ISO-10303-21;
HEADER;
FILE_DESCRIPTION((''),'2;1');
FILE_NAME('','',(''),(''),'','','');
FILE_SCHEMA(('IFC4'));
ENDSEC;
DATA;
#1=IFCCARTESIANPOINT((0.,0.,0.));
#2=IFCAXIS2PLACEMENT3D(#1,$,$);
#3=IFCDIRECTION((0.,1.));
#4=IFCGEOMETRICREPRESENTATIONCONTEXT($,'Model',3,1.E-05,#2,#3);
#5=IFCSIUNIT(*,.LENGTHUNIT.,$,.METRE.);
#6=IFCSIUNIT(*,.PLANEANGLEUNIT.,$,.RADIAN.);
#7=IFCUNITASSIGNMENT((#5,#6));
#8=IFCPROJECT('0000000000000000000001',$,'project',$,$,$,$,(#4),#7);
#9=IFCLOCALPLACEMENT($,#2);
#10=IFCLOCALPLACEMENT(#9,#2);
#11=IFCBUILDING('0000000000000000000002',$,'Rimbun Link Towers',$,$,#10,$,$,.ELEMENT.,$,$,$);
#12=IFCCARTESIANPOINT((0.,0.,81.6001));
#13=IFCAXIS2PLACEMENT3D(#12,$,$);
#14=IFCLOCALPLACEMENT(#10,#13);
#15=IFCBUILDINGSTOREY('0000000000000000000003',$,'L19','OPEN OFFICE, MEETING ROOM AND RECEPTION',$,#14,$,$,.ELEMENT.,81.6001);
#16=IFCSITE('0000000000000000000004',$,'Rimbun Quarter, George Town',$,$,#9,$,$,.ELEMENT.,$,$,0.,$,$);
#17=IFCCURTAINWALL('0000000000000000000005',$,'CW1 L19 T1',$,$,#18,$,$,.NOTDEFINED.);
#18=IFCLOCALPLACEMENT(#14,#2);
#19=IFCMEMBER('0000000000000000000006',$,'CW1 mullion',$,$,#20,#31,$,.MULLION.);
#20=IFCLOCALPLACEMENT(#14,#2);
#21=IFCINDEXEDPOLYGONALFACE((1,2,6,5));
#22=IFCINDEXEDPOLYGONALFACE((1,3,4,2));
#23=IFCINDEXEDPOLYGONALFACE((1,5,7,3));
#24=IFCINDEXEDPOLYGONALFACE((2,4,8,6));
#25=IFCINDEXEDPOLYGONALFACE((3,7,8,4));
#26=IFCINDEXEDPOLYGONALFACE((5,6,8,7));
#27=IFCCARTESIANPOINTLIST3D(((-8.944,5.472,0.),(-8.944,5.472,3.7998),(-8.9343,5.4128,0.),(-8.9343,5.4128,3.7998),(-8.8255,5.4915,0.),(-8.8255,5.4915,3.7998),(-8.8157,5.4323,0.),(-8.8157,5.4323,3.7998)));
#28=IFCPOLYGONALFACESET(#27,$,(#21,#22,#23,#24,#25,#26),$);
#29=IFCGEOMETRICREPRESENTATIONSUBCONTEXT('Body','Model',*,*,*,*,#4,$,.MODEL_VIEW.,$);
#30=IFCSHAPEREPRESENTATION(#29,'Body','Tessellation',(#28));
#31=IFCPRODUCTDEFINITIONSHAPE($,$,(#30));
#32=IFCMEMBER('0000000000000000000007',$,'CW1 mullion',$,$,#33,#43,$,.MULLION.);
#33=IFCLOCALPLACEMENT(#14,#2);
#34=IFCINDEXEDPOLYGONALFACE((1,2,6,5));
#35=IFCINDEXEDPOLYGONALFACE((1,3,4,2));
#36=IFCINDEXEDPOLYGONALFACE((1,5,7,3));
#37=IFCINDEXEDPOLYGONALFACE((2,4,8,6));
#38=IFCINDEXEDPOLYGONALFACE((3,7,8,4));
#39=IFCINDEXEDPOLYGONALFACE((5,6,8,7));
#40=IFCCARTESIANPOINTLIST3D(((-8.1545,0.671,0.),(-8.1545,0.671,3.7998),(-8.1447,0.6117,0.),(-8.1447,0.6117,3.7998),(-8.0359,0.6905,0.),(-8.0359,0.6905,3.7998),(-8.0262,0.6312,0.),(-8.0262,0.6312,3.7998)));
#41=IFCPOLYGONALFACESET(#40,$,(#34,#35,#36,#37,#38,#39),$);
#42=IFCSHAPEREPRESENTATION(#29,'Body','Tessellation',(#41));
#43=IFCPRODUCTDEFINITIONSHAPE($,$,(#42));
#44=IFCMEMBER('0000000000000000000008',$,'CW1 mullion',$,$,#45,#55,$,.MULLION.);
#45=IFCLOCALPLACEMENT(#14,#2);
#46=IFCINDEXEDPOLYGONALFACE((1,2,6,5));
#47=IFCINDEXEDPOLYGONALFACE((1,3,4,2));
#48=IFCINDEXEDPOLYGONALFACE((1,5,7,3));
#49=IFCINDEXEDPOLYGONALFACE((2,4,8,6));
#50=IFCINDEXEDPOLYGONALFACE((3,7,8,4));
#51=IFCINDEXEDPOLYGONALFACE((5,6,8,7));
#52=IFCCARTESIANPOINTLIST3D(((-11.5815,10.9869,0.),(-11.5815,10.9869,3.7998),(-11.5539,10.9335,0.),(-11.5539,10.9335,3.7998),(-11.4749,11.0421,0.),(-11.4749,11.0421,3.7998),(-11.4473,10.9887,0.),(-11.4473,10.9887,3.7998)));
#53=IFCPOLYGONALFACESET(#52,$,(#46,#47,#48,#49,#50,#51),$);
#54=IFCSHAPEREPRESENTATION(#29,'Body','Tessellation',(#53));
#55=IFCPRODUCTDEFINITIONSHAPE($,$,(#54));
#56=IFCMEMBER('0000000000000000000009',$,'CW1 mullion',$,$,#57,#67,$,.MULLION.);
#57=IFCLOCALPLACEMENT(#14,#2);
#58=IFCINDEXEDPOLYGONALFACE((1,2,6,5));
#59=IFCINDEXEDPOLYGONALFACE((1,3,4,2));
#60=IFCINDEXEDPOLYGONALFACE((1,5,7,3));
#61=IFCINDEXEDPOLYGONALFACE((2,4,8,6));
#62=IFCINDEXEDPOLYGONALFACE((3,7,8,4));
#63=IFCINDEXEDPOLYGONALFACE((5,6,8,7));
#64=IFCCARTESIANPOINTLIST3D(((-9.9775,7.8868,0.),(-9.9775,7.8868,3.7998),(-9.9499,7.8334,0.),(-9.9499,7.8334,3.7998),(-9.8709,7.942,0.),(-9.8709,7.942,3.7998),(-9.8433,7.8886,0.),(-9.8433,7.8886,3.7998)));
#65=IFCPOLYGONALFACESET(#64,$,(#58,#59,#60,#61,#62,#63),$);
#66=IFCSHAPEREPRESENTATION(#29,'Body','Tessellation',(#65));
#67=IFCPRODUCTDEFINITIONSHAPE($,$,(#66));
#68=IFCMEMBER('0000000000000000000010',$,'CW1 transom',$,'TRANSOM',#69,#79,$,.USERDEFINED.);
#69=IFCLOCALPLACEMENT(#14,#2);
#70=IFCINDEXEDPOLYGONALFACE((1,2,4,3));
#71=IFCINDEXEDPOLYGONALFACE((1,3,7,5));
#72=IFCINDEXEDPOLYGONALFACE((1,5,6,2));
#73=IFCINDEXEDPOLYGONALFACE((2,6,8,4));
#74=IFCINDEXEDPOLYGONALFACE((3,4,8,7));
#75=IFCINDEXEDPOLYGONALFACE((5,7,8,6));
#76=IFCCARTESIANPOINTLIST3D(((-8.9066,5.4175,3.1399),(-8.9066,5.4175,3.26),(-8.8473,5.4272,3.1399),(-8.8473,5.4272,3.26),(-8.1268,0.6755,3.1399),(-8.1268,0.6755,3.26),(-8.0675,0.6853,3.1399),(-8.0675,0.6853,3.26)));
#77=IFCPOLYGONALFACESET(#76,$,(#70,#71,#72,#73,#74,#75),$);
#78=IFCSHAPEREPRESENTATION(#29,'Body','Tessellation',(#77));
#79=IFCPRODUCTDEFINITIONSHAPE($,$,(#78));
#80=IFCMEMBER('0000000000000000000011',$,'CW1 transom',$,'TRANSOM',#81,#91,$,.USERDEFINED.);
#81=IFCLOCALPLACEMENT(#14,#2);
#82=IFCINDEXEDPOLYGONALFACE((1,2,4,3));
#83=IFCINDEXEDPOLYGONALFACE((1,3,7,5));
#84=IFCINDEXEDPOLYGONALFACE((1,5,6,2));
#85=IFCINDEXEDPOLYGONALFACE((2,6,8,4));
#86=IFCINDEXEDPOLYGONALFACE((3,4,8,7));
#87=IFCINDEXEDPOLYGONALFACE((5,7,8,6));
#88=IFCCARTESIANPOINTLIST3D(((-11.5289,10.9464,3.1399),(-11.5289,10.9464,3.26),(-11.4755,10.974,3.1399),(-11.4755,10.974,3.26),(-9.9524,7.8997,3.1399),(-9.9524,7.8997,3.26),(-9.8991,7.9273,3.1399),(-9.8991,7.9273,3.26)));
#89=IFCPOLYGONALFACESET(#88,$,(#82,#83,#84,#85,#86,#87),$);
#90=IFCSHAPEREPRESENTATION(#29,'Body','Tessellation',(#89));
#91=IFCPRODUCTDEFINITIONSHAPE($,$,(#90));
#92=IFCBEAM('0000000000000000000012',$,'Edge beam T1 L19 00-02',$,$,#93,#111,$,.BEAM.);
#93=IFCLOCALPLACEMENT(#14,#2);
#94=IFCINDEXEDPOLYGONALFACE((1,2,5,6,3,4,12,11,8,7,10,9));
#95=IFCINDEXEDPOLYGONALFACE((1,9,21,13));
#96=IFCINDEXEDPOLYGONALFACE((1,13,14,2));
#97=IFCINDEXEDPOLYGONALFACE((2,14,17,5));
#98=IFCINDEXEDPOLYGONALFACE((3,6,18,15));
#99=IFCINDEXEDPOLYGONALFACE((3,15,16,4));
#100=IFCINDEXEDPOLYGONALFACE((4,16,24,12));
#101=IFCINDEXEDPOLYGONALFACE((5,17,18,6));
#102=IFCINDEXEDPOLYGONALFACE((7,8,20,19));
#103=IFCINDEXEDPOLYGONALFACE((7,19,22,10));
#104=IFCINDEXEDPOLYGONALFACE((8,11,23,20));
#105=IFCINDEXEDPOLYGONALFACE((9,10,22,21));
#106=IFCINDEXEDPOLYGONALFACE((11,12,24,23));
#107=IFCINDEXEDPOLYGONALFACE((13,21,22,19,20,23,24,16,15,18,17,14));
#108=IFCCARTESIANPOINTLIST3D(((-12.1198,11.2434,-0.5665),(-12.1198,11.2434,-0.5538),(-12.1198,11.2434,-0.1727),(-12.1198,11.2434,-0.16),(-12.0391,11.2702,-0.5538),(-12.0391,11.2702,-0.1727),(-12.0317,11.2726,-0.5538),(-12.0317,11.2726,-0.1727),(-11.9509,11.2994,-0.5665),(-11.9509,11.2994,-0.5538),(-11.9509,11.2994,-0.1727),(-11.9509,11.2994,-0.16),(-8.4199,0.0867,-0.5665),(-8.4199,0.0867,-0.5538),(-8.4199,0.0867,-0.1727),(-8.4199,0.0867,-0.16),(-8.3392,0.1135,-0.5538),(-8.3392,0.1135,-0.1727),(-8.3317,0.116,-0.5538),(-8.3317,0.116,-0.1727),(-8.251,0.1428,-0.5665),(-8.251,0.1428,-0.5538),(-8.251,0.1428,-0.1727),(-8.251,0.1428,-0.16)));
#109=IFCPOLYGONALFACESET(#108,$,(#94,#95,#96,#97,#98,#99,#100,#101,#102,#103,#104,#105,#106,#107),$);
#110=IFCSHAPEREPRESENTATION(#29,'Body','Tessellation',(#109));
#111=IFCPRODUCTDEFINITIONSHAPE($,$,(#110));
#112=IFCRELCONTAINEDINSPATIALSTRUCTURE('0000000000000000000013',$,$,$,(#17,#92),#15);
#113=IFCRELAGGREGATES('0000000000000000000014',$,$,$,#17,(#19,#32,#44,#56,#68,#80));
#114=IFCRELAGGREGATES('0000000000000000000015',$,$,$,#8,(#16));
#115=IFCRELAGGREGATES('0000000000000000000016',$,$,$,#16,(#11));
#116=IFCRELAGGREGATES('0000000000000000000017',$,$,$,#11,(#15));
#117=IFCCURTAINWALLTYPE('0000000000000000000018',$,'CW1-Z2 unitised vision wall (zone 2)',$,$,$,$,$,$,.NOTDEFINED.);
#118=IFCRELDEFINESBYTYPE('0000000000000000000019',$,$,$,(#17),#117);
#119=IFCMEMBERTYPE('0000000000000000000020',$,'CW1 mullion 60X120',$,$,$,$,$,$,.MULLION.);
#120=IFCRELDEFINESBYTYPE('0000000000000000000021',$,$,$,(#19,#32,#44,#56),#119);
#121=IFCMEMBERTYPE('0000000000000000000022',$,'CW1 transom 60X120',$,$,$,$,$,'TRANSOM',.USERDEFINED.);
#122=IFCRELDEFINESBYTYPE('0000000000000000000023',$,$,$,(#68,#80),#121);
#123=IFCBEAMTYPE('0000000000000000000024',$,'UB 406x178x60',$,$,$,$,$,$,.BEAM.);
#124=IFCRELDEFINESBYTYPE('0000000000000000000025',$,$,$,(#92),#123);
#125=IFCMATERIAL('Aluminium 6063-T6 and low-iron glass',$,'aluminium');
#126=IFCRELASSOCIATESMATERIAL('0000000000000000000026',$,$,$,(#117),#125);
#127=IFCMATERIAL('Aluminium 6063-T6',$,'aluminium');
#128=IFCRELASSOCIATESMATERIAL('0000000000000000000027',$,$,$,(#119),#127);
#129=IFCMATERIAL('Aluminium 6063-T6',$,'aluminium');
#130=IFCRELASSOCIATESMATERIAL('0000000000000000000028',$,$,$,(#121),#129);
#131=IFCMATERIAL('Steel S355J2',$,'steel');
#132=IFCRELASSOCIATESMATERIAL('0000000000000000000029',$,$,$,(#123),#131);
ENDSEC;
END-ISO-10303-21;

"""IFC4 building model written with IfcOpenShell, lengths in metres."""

from ifc_helpers import new_model, si_unit, direction, frame, origin, origin_2d, place, context, subcontext, project, spatial, rectangle, i_section, extrude, material, material_profile, profile_set, type_object, element, aggregate, save


model = new_model("IFC4")

# Units and contexts
model_context = context("Model", 3, precision=1e-05, world=origin(), true_north=direction((0.0, 1.0)))
body_context = subcontext(model_context, "Body", "Model", "MODEL_VIEW")
ifc_project = project(units=[si_unit("LENGTHUNIT", "METRE"), si_unit("PLANEANGLEUNIT", "RADIAN")], contexts=[model_context])

# Site, building, storey
site_placement = place(None, origin())
site = spatial("IfcSite", under=ifc_project, at=site_placement, Name="Rimbun Quarter, George Town", CompositionType="ELEMENT", RefElevation=0.0)
building_placement = place(site_placement, origin())
building = spatial("IfcBuilding", under=site, at=building_placement, Name="Rimbun Link Towers", CompositionType="ELEMENT")
storey_placement = place(building_placement, frame((0.0, 0.0, 81.6001)))
storey = spatial("IfcBuildingStorey", under=building, at=storey_placement, Name="L19", Description="OPEN OFFICE, MEETING ROOM AND RECEPTION", CompositionType="ELEMENT", Elevation=81.6001)

# Curtain wall, members
ifc_material_1 = material(Name="Aluminium 6063-T6 and low-iron glass", Category="aluminium")
curtain_wall_type = type_object("IfcCurtainWallType", Name="CW1-Z2 unitised vision wall (zone 2)", PredefinedType="NOTDEFINED", material=ifc_material_1)
curtain_wall_placement = place(storey_placement, origin())
curtain_wall = element("IfcCurtainWall", 1, at=curtain_wall_placement, inside=storey, type_object=curtain_wall_type, Name="CW1 L19 T1", PredefinedType="NOTDEFINED")
ifc_material_2 = material(Name="Aluminium 6063-T6", Category="aluminium")
ifc_material_profile_1 = material_profile(ifc_material_2, rectangle(XDim=0.1201, YDim=0.0601, at=origin_2d()), Name="MULLION 60X120")
ifc_profile_set_1 = profile_set([ifc_material_profile_1], Name="Aluminium 6063-T6")
member_type_1 = type_object("IfcMemberType", Name="CW1 mullion 60X120", PredefinedType="MULLION", material=ifc_profile_set_1)
member_1_placement = place(storey_placement, frame((-8.8799, 5.4521, 0.0), z_axis=(0.0, 0.0, 1.0), x_axis=(0.986749, 0.162255, 0.0)))
member_1 = element("IfcMember", 2, at=member_1_placement, type_object=member_type_1, Name="CW1 mullion", PredefinedType="MULLION", context=body_context, shape_type="SweptSolid", body=[
    extrude(rectangle(XDim=0.1201, YDim=0.0601, at=origin_2d()), origin(), (0.0, 0.0, 1.0), 3.7998),
])
member_2_placement = place(storey_placement, frame((-8.0903, 0.6511, 0.0), z_axis=(0.0, 0.0, 1.0), x_axis=(0.986749, 0.162255, 0.0)))
member_2 = element("IfcMember", 3, at=member_2_placement, type_object=member_type_1, Name="CW1 mullion", PredefinedType="MULLION", context=body_context, shape_type="SweptSolid", body=[
    extrude(rectangle(XDim=0.1201, YDim=0.0601, at=origin_2d()), origin(), (0.0, 0.0, 1.0), 3.7998),
])
member_3_placement = place(storey_placement, frame((-11.5144, 10.9878, 0.0), z_axis=(0.0, 0.0, 1.0), x_axis=(0.888155, 0.459544, 0.0)))
member_3 = element("IfcMember", 4, at=member_3_placement, type_object=member_type_1, Name="CW1 mullion", PredefinedType="MULLION", context=body_context, shape_type="SweptSolid", body=[
    extrude(rectangle(XDim=0.1201, YDim=0.0601, at=origin_2d()), origin(), (0.0, 0.0, 1.0), 3.7998),
])
member_4_placement = place(storey_placement, frame((-9.9104, 7.8877, 0.0), z_axis=(0.0, 0.0, 1.0), x_axis=(0.888155, 0.459544, 0.0)))
member_4 = element("IfcMember", 5, at=member_4_placement, type_object=member_type_1, Name="CW1 mullion", PredefinedType="MULLION", context=body_context, shape_type="SweptSolid", body=[
    extrude(rectangle(XDim=0.1201, YDim=0.0601, at=origin_2d()), origin(), (0.0, 0.0, 1.0), 3.7998),
])
ifc_material_3 = material(Name="Aluminium 6063-T6", Category="aluminium")
ifc_material_profile_2 = material_profile(ifc_material_3, rectangle(XDim=0.0601, YDim=0.1201, at=origin_2d()), Name="TRANSOM 60X120")
ifc_profile_set_2 = profile_set([ifc_material_profile_2], Name="Aluminium 6063-T6")
member_type_2 = type_object("IfcMemberType", Name="CW1 transom 60X120", ElementType="TRANSOM", PredefinedType="USERDEFINED", material=ifc_profile_set_2)
member_5_placement = place(storey_placement, frame((-8.877, 5.4224, 3.2), z_axis=(0.162265, -0.986747, 0.0), x_axis=(0.986747, 0.162265, 0.0)))
member_5 = element("IfcMember", 6, at=member_5_placement, type_object=member_type_2, Name="CW1 transom", ObjectType="TRANSOM", PredefinedType="USERDEFINED", context=body_context, shape_type="SweptSolid", body=[
    extrude(rectangle(XDim=0.0601, YDim=0.1201, at=origin_2d()), origin(), (0.0, 0.0, 1.0), 4.8057),
])
member_6_placement = place(storey_placement, frame((-11.5022, 10.9602, 3.2), z_axis=(0.459555, -0.88815, 0.0), x_axis=(0.88815, 0.459555, 0.0)))
member_6 = element("IfcMember", 7, at=member_6_placement, type_object=member_type_2, Name="CW1 transom", ObjectType="TRANSOM", PredefinedType="USERDEFINED", context=body_context, shape_type="SweptSolid", body=[
    extrude(rectangle(XDim=0.0601, YDim=0.1201, at=origin_2d()), origin(), (0.0, 0.0, 1.0), 3.4304),
])

# Beam
ifc_material_4 = material(Name="Steel S355J2", Category="steel")
ifc_material_profile_3 = material_profile(ifc_material_4, i_section(OverallWidth=0.178, OverallDepth=0.4065, WebThickness=0.0078, FlangeThickness=0.0127, at=origin_2d()), Name="UB 406x178x60")
ifc_profile_set_3 = profile_set([ifc_material_profile_3], Name="Steel S355J2")
beam_type = type_object("IfcBeamType", Name="UB 406x178x60", PredefinedType="BEAM", material=ifc_profile_set_3)
beam_placement = place(storey_placement, frame((-8.3354, 0.1147, -0.3633), z_axis=(-0.314776, 0.949166, 0.0), x_axis=(-0.949166, -0.314776, 0.0)))
element("IfcBeam", 8, at=beam_placement, inside=storey, type_object=beam_type, Name="Edge beam T1 L19 00-02", PredefinedType="BEAM", context=body_context, shape_type="SweptSolid", body=[
    extrude(i_section(OverallWidth=0.178, OverallDepth=0.4065, WebThickness=0.0078, FlangeThickness=0.0127, at=origin_2d()), origin(), (0.0, 0.0, 1.0), 11.7542),
])

aggregate(curtain_wall, [member_1, member_2, member_3, member_4, member_5, member_6])

save(model, "model.ifc")
